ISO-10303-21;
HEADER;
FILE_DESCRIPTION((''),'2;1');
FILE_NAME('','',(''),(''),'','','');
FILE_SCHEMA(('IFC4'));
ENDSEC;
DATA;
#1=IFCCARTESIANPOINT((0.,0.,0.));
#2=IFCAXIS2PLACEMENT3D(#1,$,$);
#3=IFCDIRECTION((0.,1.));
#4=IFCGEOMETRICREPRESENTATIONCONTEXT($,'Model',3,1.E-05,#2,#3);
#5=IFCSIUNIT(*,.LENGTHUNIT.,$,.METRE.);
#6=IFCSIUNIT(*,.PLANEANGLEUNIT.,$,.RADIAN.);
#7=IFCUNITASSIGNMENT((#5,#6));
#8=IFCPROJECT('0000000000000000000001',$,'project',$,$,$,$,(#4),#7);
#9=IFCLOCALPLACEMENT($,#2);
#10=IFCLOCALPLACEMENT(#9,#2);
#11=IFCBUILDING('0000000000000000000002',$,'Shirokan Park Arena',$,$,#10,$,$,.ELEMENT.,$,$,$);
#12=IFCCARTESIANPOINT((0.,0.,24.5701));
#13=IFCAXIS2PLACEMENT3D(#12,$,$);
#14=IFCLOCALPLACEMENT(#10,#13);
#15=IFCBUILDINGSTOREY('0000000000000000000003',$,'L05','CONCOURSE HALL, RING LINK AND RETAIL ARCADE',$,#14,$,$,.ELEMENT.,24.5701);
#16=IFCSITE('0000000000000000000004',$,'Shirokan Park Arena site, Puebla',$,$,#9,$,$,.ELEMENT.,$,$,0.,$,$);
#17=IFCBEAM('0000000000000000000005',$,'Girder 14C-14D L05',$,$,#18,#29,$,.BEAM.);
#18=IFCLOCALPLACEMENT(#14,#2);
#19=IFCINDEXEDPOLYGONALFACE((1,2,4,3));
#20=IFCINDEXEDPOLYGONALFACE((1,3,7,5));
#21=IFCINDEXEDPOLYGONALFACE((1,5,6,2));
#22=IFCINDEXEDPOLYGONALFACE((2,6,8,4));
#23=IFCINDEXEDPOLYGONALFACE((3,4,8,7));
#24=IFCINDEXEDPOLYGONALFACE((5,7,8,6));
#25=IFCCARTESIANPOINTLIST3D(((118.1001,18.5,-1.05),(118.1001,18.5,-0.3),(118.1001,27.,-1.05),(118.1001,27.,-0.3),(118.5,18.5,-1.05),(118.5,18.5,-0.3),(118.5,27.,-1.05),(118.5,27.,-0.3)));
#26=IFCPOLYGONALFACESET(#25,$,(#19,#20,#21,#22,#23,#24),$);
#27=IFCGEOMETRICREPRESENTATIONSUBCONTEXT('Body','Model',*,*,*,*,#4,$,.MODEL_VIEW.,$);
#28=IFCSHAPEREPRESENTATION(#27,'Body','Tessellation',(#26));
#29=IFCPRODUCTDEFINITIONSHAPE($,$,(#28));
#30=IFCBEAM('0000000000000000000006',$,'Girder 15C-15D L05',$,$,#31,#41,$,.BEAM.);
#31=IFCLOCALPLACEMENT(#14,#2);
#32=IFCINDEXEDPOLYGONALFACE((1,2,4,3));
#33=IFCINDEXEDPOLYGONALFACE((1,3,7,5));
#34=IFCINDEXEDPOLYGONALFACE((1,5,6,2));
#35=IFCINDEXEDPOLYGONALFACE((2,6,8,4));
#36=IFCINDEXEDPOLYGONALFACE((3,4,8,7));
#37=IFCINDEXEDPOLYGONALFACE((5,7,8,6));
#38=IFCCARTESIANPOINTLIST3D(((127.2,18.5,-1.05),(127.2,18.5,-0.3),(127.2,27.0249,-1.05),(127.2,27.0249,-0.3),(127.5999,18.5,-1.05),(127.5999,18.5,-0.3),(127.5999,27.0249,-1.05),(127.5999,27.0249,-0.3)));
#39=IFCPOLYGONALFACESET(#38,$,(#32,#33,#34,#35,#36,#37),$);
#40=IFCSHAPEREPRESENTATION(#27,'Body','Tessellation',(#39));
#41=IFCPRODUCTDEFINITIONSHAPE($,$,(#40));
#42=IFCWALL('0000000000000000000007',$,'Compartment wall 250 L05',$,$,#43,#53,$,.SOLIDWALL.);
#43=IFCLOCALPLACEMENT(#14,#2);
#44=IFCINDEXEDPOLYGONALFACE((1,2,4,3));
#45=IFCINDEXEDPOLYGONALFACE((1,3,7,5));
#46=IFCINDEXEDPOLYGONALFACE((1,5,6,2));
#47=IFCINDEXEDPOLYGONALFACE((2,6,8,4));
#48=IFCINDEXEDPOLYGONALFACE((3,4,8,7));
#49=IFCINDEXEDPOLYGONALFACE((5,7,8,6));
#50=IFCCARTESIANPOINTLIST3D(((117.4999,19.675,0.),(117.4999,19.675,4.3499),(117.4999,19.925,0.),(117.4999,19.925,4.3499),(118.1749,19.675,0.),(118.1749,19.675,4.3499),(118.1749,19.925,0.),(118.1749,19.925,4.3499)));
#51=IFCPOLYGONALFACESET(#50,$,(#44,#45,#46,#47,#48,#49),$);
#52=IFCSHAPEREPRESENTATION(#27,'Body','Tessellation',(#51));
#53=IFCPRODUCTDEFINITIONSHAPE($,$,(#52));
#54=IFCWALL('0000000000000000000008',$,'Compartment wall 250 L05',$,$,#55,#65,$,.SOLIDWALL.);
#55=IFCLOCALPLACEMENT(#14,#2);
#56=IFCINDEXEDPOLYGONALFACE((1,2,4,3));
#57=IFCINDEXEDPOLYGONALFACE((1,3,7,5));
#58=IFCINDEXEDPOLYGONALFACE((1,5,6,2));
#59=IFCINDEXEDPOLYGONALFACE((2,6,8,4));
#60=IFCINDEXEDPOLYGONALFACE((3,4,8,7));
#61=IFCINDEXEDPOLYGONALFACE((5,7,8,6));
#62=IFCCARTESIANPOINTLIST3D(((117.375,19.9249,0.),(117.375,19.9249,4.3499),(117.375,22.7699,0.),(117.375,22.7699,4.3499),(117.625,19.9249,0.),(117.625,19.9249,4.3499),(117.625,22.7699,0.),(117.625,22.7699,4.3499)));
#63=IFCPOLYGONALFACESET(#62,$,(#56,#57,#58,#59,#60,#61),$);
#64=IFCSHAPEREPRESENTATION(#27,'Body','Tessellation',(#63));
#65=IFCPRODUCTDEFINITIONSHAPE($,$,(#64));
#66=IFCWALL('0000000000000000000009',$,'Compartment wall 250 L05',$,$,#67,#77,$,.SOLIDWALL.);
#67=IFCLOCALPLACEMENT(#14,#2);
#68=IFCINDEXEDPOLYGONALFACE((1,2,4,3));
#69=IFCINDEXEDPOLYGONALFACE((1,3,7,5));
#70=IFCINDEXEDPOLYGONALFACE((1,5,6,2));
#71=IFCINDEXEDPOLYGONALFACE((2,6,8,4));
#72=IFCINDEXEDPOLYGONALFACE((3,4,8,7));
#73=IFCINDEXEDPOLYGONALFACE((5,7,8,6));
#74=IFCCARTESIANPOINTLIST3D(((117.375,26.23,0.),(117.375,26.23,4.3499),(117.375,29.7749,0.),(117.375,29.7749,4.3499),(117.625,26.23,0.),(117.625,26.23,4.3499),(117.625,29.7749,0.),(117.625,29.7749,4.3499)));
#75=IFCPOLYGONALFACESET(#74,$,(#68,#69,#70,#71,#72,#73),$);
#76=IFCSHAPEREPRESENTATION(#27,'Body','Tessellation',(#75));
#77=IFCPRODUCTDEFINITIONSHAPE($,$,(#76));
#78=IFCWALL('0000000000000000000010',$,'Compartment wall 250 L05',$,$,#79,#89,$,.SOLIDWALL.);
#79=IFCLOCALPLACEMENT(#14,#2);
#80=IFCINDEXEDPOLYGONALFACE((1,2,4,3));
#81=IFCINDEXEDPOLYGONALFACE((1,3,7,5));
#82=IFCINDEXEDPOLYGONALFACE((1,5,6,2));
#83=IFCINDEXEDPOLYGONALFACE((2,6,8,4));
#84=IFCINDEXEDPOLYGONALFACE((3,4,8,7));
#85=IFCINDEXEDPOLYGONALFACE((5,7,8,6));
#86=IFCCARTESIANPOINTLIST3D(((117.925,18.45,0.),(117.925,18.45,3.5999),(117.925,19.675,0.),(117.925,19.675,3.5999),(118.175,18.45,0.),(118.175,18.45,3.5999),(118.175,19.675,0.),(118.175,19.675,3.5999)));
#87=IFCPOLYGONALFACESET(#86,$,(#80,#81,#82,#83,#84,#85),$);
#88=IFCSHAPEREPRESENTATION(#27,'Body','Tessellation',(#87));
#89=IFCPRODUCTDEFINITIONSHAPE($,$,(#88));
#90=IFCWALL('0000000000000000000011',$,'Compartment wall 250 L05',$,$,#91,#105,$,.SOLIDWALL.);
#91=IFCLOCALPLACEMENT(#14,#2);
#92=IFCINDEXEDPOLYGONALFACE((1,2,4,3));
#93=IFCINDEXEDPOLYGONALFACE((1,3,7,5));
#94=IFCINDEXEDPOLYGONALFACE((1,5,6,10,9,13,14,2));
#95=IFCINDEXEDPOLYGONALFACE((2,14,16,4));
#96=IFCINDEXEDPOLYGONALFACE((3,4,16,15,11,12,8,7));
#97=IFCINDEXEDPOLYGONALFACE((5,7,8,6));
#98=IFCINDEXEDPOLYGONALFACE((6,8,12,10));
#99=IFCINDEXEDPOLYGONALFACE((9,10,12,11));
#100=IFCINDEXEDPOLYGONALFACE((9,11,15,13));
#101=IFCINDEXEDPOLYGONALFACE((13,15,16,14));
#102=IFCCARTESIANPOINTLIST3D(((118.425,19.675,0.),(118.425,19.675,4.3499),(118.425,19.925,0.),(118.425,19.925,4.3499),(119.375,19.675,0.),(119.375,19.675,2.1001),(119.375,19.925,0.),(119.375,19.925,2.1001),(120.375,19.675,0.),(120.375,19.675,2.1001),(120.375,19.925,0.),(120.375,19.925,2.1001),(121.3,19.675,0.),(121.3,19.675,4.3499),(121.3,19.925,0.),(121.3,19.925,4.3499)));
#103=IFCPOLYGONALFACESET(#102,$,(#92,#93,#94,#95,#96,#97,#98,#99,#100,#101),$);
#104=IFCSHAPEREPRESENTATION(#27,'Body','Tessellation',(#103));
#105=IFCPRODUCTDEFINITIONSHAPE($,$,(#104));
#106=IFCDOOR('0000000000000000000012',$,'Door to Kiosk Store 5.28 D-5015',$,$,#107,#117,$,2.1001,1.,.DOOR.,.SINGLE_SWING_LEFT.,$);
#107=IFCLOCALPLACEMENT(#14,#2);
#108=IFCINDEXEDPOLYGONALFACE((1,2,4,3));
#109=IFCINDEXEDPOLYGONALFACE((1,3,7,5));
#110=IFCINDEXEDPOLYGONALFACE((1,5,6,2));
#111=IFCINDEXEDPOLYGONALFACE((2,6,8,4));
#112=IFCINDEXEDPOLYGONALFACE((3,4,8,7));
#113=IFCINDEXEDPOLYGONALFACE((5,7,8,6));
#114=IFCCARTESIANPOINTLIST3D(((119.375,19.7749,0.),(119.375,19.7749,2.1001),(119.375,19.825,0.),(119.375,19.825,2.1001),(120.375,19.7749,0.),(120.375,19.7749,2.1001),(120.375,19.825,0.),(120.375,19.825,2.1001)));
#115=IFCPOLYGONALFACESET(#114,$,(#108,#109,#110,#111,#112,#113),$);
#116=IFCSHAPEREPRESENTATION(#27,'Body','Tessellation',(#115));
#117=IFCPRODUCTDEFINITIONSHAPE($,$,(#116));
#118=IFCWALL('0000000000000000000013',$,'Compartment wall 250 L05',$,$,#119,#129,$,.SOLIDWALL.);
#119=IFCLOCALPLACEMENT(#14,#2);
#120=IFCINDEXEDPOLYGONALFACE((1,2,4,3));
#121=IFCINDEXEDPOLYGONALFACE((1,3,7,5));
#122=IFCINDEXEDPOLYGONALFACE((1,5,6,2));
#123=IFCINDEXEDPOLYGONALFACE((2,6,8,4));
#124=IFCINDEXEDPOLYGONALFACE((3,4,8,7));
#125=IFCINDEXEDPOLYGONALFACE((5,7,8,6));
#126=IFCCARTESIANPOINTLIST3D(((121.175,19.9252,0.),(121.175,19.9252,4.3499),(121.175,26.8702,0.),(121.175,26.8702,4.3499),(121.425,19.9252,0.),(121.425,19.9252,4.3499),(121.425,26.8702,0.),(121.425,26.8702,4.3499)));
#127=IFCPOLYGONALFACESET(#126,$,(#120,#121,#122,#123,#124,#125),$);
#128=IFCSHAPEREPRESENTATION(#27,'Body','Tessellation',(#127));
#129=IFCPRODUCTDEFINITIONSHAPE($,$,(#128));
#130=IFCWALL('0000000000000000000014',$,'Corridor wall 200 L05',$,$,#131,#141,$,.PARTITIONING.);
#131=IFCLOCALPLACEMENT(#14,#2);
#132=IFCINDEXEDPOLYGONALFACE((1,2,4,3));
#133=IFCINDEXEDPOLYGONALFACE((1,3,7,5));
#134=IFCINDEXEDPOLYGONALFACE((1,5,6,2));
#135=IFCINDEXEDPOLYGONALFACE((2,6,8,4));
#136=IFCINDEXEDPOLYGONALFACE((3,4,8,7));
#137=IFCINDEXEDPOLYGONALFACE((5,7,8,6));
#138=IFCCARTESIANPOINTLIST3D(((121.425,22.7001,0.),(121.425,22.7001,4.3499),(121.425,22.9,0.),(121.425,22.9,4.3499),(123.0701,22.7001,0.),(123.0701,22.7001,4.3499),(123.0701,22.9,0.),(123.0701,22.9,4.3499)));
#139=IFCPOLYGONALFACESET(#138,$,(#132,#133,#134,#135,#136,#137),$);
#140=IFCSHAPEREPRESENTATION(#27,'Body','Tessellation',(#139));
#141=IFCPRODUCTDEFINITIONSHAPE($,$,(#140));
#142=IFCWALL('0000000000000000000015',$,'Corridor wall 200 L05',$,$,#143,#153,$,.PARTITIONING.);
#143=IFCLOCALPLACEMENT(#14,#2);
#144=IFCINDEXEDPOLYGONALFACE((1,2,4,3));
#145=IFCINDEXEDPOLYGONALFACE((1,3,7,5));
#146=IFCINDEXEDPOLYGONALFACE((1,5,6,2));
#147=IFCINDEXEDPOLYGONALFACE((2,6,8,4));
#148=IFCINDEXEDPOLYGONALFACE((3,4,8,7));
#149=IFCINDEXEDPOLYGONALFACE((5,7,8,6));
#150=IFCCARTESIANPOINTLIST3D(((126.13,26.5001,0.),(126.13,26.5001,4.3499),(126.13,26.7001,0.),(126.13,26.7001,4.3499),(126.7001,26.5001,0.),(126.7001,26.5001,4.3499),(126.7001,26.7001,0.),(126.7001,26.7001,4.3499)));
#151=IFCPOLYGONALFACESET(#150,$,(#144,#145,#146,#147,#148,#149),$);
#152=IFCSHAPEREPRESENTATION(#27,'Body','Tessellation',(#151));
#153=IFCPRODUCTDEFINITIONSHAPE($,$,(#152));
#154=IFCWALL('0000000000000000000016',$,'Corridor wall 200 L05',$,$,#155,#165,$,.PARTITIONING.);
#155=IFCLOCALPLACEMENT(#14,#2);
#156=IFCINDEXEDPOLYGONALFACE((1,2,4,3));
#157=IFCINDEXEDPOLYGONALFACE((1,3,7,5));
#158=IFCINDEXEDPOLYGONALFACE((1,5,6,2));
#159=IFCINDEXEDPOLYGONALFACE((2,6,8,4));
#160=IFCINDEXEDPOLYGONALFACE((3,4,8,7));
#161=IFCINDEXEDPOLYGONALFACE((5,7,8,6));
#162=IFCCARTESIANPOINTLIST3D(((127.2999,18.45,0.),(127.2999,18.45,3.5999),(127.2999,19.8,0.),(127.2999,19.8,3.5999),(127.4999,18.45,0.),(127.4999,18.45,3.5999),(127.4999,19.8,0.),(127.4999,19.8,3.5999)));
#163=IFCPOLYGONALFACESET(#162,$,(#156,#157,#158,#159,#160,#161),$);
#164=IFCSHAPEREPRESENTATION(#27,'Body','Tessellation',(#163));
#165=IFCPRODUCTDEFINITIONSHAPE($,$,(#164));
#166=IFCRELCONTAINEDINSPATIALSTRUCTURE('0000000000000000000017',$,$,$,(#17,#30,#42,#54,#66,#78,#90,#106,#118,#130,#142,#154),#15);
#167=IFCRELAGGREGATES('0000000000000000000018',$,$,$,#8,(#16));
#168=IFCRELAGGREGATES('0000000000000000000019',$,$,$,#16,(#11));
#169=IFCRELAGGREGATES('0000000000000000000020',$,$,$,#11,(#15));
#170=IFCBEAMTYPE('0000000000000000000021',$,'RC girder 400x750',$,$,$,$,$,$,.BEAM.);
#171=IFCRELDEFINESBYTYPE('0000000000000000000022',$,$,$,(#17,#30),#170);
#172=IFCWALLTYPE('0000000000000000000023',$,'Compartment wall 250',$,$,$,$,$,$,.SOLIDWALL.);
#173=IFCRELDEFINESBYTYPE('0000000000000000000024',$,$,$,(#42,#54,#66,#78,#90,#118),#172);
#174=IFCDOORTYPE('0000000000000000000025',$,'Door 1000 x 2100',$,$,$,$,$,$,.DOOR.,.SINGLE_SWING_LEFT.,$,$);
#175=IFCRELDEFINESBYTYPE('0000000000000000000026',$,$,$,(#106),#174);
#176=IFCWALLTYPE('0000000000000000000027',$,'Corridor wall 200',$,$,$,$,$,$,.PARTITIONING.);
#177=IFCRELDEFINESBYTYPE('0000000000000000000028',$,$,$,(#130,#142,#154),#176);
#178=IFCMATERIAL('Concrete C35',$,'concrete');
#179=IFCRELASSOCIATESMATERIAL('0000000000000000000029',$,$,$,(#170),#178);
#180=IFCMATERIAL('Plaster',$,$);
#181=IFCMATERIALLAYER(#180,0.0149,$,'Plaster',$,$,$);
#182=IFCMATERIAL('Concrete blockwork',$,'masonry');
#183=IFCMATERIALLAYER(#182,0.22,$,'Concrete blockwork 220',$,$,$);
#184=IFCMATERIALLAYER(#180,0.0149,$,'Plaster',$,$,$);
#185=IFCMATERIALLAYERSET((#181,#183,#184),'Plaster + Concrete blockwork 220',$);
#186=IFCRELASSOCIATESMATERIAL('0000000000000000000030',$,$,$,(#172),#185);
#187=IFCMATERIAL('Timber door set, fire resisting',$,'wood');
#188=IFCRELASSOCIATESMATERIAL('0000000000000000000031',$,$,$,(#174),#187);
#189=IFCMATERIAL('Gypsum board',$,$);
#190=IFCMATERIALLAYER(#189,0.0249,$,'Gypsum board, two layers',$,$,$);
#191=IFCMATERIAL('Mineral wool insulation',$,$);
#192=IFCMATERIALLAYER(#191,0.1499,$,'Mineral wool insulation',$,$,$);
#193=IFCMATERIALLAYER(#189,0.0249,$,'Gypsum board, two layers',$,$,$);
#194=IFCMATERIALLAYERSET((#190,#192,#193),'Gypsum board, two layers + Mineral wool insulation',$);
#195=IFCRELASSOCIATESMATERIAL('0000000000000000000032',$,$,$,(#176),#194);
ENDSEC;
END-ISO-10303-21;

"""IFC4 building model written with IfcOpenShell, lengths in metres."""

from ifc_helpers import new_model, si_unit, direction, frame, frame_2d, origin, origin_2d, place, context, subcontext, project, spatial, rectangle, extrude, material, layer, layer_set, material_profile, profile_set, type_object, element, fill, save


model = new_model("IFC4")

# Units and contexts
model_context = context("Model", 3, precision=1e-05, world=origin(), true_north=direction((0.0, 1.0)))
body_context = subcontext(model_context, "Body", "Model", "MODEL_VIEW")
ifc_project = project(units=[si_unit("LENGTHUNIT", "METRE"), si_unit("PLANEANGLEUNIT", "RADIAN")], contexts=[model_context])

# Site, building, storey
site_placement = place(None, origin())
site = spatial("IfcSite", under=ifc_project, at=site_placement, Name="Shirokan Park Arena site, Puebla", CompositionType="ELEMENT", RefElevation=0.0)
building_placement = place(site_placement, origin())
building = spatial("IfcBuilding", under=site, at=building_placement, Name="Shirokan Park Arena", CompositionType="ELEMENT")
storey_placement = place(building_placement, frame((0.0, 0.0, 24.5701)))
storey = spatial("IfcBuildingStorey", under=building, at=storey_placement, Name="L05", Description="CONCOURSE HALL, RING LINK AND RETAIL ARCADE", CompositionType="ELEMENT", Elevation=24.5701)

# Beams
ifc_material_1 = material(Name="Concrete C35", Category="concrete")
ifc_material_profile = material_profile(ifc_material_1, rectangle(XDim=0.3999, YDim=0.75, at=origin_2d()), Name="400x750")
ifc_profile_set = profile_set([ifc_material_profile], Name="Concrete C35")
beam_type = type_object("IfcBeamType", Name="RC girder 400x750", PredefinedType="BEAM", material=ifc_profile_set)
beam_1_placement = place(storey_placement, frame((118.3, 18.5, -0.675), z_axis=(0.0, 1.0, 0.0), x_axis=(-1.0, 0.0, 0.0)))
element("IfcBeam", 1, at=beam_1_placement, inside=storey, type_object=beam_type, Name="Girder 14C-14D L05", PredefinedType="BEAM", context=body_context, shape_type="SweptSolid", body=[
    extrude(rectangle(XDim=0.3999, YDim=0.75, at=origin_2d()), origin(), (0.0, 0.0, 1.0), 8.5),
])
beam_2_placement = place(storey_placement, frame((127.3999, 18.5, -0.675), z_axis=(0.0, 1.0, 0.0), x_axis=(-1.0, 0.0, 0.0)))
element("IfcBeam", 2, at=beam_2_placement, inside=storey, type_object=beam_type, Name="Girder 15C-15D L05", PredefinedType="BEAM", context=body_context, shape_type="SweptSolid", body=[
    extrude(rectangle(XDim=0.3999, YDim=0.75, at=origin_2d()), origin(), (0.0, 0.0, 1.0), 8.5249),
])

# Walls
ifc_material_2 = material(Name="Plaster")
ifc_layer_1 = layer(ifc_material_2, 0.0149, Name="Plaster")
ifc_material_3 = material(Name="Concrete blockwork", Category="masonry")
ifc_layer_2 = layer(ifc_material_3, 0.22, Name="Concrete blockwork 220")
ifc_layer_3 = layer(ifc_material_2, 0.0149, Name="Plaster")
ifc_layer_set_1 = layer_set([ifc_layer_1, ifc_layer_2, ifc_layer_3], Name="Plaster + Concrete blockwork 220")
wall_type_1 = type_object("IfcWallType", Name="Compartment wall 250", PredefinedType="SOLIDWALL", material=ifc_layer_set_1)
wall_1_placement = place(storey_placement, frame((117.5, 19.8, 0.0), z_axis=(0.0, 0.0, 1.0), x_axis=(1.0, 0.0, 0.0)))
element("IfcWall", 3, at=wall_1_placement, inside=storey, type_object=wall_type_1, Name="Compartment wall 250 L05", PredefinedType="SOLIDWALL", context=body_context, shape_type="SweptSolid", body=[
    extrude(rectangle(XDim=0.675, YDim=0.25, at=frame_2d((0.3374, 0.0))), origin(), (0.0, 0.0, 1.0), 4.3499),
])
wall_2_placement = place(storey_placement, frame((117.5, 19.925, 0.0), z_axis=(0.0, 0.0, 1.0), x_axis=(0.0, 1.0, 0.0)))
element("IfcWall", 4, at=wall_2_placement, inside=storey, type_object=wall_type_1, Name="Compartment wall 250 L05", PredefinedType="SOLIDWALL", context=body_context, shape_type="SweptSolid", body=[
    extrude(rectangle(XDim=2.845, YDim=0.25, at=frame_2d((1.4224, 0.0))), origin(), (0.0, 0.0, 1.0), 4.3499),
])
wall_3_placement = place(storey_placement, frame((117.5, 26.23, 0.0), z_axis=(0.0, 0.0, 1.0), x_axis=(0.0, 1.0, 0.0)))
element("IfcWall", 5, at=wall_3_placement, inside=storey, type_object=wall_type_1, Name="Compartment wall 250 L05", PredefinedType="SOLIDWALL", context=body_context, shape_type="SweptSolid", body=[
    extrude(rectangle(XDim=3.5449, YDim=0.25, at=frame_2d((1.7725, 0.0))), origin(), (0.0, 0.0, 1.0), 4.3499),
])
wall_4_placement = place(storey_placement, frame((118.05, 19.675, 0.0), z_axis=(0.0, 0.0, 1.0), x_axis=(0.0, -1.0, 0.0)))
element("IfcWall", 6, at=wall_4_placement, inside=storey, type_object=wall_type_1, Name="Compartment wall 250 L05", PredefinedType="SOLIDWALL", context=body_context, shape_type="SweptSolid", body=[
    extrude(rectangle(XDim=1.2251, YDim=0.25, at=frame_2d((0.6125, 0.0))), origin(), (0.0, 0.0, 1.0), 3.5999),
])

# Wall, opening, door
wall_5_placement = place(storey_placement, frame((118.425, 19.8, 0.0), z_axis=(0.0, 0.0, 1.0), x_axis=(1.0, 0.0, 0.0)))
wall_5 = element("IfcWall", 7, at=wall_5_placement, inside=storey, type_object=wall_type_1, Name="Compartment wall 250 L05", PredefinedType="SOLIDWALL", context=body_context, shape_type="SweptSolid", body=[
    extrude(rectangle(XDim=2.875, YDim=0.25, at=frame_2d((1.4375, 0.0))), origin(), (0.0, 0.0, 1.0), 4.3499),
])
opening_1_placement = place(wall_5_placement, frame((0.95, 0.0, 0.0)))
opening_1 = element("IfcOpeningElement", 8, at=opening_1_placement, cuts=wall_5, PredefinedType="OPENING", context=body_context, shape_type="SweptSolid", body=[
    extrude(rectangle(XDim=1.0, YDim=2.1001, at=frame_2d((0.5, 1.05))), frame((0.0, 0.135, 0.0), z_axis=(0.0, -1.0, 0.0), x_axis=(1.0, 0.0, 0.0)), (0.0, 0.0, 1.0), 0.27),
])
ifc_material_4 = material(Name="Timber door set, fire resisting", Category="wood")
door_type_1 = type_object("IfcDoorType", Name="Door 1000 x 2100", OperationType="SINGLE_SWING_LEFT", PredefinedType="DOOR", material=ifc_material_4)
door_1_placement = place(opening_1_placement, origin())
door_1 = element("IfcDoor", 9, at=door_1_placement, inside=storey, type_object=door_type_1, Name="Door to Kiosk Store 5.28 D-5015", OperationType="SINGLE_SWING_LEFT", OverallHeight=2.1001, OverallWidth=1.0, PredefinedType="DOOR", context=body_context, shape_type="SweptSolid", body=[
    extrude(rectangle(XDim=1.0, YDim=2.1001, at=frame_2d((0.5, 1.05))), frame((0.0, 0.0249, 0.0), z_axis=(0.0, -1.0, 0.0), x_axis=(1.0, 0.0, 0.0)), (0.0, 0.0, 1.0), 0.05),
])
fill(opening_1, door_1)

# Wall
wall_6_placement = place(storey_placement, frame((121.3, 19.925, 0.0), z_axis=(0.0, 0.0, 1.0), x_axis=(0.0, 1.0, 0.0)))
element("IfcWall", 10, at=wall_6_placement, inside=storey, type_object=wall_type_1, Name="Compartment wall 250 L05", PredefinedType="SOLIDWALL", context=body_context, shape_type="SweptSolid", body=[
    extrude(rectangle(XDim=6.9451, YDim=0.25, at=frame_2d((3.4727, 0.0))), origin(), (0.0, 0.0, 1.0), 4.3499),
])

# Shared definitions
ifc_material_5 = material(Name="Gypsum board")
ifc_layer_4 = layer(ifc_material_5, 0.0249, Name="Gypsum board, two layers")
ifc_material_6 = material(Name="Mineral wool insulation")
ifc_layer_5 = layer(ifc_material_6, 0.1499, Name="Mineral wool insulation")
ifc_layer_6 = layer(ifc_material_5, 0.0249, Name="Gypsum board, two layers")
ifc_layer_set_2 = layer_set([ifc_layer_4, ifc_layer_5, ifc_layer_6], Name="Gypsum board, two layers + Mineral wool insulation")
wall_type_2 = type_object("IfcWallType", Name="Corridor wall 200", PredefinedType="PARTITIONING", material=ifc_layer_set_2)

# Walls
wall_7_placement = place(storey_placement, frame((121.425, 22.8, 0.0), z_axis=(0.0, 0.0, 1.0), x_axis=(1.0, 0.0, 0.0)))
element("IfcWall", 11, at=wall_7_placement, inside=storey, type_object=wall_type_2, Name="Corridor wall 200 L05", PredefinedType="PARTITIONING", context=body_context, shape_type="SweptSolid", body=[
    extrude(rectangle(XDim=1.645, YDim=0.2, at=frame_2d((0.8225, 0.0))), origin(), (0.0, 0.0, 1.0), 4.3499),
])
wall_8_placement = place(storey_placement, frame((126.1299, 26.6001, 0.0), z_axis=(0.0, 0.0, 1.0), x_axis=(1.0, 0.0, 0.0)))
element("IfcWall", 12, at=wall_8_placement, inside=storey, type_object=wall_type_2, Name="Corridor wall 200 L05", PredefinedType="PARTITIONING", context=body_context, shape_type="SweptSolid", body=[
    extrude(rectangle(XDim=0.5701, YDim=0.2, at=frame_2d((0.2852, 0.0))), origin(), (0.0, 0.0, 1.0), 4.3499),
])
wall_9_placement = place(storey_placement, frame((127.3999, 18.45, 0.0), z_axis=(0.0, 0.0, 1.0), x_axis=(0.0, 1.0, 0.0)))
element("IfcWall", 13, at=wall_9_placement, inside=storey, type_object=wall_type_2, Name="Corridor wall 200 L05", PredefinedType="PARTITIONING", context=body_context, shape_type="SweptSolid", body=[
    extrude(rectangle(XDim=1.3501, YDim=0.2, at=frame_2d((0.675, 0.0))), origin(), (0.0, 0.0, 1.0), 3.5999),
])

save(model, "model.ifc")
